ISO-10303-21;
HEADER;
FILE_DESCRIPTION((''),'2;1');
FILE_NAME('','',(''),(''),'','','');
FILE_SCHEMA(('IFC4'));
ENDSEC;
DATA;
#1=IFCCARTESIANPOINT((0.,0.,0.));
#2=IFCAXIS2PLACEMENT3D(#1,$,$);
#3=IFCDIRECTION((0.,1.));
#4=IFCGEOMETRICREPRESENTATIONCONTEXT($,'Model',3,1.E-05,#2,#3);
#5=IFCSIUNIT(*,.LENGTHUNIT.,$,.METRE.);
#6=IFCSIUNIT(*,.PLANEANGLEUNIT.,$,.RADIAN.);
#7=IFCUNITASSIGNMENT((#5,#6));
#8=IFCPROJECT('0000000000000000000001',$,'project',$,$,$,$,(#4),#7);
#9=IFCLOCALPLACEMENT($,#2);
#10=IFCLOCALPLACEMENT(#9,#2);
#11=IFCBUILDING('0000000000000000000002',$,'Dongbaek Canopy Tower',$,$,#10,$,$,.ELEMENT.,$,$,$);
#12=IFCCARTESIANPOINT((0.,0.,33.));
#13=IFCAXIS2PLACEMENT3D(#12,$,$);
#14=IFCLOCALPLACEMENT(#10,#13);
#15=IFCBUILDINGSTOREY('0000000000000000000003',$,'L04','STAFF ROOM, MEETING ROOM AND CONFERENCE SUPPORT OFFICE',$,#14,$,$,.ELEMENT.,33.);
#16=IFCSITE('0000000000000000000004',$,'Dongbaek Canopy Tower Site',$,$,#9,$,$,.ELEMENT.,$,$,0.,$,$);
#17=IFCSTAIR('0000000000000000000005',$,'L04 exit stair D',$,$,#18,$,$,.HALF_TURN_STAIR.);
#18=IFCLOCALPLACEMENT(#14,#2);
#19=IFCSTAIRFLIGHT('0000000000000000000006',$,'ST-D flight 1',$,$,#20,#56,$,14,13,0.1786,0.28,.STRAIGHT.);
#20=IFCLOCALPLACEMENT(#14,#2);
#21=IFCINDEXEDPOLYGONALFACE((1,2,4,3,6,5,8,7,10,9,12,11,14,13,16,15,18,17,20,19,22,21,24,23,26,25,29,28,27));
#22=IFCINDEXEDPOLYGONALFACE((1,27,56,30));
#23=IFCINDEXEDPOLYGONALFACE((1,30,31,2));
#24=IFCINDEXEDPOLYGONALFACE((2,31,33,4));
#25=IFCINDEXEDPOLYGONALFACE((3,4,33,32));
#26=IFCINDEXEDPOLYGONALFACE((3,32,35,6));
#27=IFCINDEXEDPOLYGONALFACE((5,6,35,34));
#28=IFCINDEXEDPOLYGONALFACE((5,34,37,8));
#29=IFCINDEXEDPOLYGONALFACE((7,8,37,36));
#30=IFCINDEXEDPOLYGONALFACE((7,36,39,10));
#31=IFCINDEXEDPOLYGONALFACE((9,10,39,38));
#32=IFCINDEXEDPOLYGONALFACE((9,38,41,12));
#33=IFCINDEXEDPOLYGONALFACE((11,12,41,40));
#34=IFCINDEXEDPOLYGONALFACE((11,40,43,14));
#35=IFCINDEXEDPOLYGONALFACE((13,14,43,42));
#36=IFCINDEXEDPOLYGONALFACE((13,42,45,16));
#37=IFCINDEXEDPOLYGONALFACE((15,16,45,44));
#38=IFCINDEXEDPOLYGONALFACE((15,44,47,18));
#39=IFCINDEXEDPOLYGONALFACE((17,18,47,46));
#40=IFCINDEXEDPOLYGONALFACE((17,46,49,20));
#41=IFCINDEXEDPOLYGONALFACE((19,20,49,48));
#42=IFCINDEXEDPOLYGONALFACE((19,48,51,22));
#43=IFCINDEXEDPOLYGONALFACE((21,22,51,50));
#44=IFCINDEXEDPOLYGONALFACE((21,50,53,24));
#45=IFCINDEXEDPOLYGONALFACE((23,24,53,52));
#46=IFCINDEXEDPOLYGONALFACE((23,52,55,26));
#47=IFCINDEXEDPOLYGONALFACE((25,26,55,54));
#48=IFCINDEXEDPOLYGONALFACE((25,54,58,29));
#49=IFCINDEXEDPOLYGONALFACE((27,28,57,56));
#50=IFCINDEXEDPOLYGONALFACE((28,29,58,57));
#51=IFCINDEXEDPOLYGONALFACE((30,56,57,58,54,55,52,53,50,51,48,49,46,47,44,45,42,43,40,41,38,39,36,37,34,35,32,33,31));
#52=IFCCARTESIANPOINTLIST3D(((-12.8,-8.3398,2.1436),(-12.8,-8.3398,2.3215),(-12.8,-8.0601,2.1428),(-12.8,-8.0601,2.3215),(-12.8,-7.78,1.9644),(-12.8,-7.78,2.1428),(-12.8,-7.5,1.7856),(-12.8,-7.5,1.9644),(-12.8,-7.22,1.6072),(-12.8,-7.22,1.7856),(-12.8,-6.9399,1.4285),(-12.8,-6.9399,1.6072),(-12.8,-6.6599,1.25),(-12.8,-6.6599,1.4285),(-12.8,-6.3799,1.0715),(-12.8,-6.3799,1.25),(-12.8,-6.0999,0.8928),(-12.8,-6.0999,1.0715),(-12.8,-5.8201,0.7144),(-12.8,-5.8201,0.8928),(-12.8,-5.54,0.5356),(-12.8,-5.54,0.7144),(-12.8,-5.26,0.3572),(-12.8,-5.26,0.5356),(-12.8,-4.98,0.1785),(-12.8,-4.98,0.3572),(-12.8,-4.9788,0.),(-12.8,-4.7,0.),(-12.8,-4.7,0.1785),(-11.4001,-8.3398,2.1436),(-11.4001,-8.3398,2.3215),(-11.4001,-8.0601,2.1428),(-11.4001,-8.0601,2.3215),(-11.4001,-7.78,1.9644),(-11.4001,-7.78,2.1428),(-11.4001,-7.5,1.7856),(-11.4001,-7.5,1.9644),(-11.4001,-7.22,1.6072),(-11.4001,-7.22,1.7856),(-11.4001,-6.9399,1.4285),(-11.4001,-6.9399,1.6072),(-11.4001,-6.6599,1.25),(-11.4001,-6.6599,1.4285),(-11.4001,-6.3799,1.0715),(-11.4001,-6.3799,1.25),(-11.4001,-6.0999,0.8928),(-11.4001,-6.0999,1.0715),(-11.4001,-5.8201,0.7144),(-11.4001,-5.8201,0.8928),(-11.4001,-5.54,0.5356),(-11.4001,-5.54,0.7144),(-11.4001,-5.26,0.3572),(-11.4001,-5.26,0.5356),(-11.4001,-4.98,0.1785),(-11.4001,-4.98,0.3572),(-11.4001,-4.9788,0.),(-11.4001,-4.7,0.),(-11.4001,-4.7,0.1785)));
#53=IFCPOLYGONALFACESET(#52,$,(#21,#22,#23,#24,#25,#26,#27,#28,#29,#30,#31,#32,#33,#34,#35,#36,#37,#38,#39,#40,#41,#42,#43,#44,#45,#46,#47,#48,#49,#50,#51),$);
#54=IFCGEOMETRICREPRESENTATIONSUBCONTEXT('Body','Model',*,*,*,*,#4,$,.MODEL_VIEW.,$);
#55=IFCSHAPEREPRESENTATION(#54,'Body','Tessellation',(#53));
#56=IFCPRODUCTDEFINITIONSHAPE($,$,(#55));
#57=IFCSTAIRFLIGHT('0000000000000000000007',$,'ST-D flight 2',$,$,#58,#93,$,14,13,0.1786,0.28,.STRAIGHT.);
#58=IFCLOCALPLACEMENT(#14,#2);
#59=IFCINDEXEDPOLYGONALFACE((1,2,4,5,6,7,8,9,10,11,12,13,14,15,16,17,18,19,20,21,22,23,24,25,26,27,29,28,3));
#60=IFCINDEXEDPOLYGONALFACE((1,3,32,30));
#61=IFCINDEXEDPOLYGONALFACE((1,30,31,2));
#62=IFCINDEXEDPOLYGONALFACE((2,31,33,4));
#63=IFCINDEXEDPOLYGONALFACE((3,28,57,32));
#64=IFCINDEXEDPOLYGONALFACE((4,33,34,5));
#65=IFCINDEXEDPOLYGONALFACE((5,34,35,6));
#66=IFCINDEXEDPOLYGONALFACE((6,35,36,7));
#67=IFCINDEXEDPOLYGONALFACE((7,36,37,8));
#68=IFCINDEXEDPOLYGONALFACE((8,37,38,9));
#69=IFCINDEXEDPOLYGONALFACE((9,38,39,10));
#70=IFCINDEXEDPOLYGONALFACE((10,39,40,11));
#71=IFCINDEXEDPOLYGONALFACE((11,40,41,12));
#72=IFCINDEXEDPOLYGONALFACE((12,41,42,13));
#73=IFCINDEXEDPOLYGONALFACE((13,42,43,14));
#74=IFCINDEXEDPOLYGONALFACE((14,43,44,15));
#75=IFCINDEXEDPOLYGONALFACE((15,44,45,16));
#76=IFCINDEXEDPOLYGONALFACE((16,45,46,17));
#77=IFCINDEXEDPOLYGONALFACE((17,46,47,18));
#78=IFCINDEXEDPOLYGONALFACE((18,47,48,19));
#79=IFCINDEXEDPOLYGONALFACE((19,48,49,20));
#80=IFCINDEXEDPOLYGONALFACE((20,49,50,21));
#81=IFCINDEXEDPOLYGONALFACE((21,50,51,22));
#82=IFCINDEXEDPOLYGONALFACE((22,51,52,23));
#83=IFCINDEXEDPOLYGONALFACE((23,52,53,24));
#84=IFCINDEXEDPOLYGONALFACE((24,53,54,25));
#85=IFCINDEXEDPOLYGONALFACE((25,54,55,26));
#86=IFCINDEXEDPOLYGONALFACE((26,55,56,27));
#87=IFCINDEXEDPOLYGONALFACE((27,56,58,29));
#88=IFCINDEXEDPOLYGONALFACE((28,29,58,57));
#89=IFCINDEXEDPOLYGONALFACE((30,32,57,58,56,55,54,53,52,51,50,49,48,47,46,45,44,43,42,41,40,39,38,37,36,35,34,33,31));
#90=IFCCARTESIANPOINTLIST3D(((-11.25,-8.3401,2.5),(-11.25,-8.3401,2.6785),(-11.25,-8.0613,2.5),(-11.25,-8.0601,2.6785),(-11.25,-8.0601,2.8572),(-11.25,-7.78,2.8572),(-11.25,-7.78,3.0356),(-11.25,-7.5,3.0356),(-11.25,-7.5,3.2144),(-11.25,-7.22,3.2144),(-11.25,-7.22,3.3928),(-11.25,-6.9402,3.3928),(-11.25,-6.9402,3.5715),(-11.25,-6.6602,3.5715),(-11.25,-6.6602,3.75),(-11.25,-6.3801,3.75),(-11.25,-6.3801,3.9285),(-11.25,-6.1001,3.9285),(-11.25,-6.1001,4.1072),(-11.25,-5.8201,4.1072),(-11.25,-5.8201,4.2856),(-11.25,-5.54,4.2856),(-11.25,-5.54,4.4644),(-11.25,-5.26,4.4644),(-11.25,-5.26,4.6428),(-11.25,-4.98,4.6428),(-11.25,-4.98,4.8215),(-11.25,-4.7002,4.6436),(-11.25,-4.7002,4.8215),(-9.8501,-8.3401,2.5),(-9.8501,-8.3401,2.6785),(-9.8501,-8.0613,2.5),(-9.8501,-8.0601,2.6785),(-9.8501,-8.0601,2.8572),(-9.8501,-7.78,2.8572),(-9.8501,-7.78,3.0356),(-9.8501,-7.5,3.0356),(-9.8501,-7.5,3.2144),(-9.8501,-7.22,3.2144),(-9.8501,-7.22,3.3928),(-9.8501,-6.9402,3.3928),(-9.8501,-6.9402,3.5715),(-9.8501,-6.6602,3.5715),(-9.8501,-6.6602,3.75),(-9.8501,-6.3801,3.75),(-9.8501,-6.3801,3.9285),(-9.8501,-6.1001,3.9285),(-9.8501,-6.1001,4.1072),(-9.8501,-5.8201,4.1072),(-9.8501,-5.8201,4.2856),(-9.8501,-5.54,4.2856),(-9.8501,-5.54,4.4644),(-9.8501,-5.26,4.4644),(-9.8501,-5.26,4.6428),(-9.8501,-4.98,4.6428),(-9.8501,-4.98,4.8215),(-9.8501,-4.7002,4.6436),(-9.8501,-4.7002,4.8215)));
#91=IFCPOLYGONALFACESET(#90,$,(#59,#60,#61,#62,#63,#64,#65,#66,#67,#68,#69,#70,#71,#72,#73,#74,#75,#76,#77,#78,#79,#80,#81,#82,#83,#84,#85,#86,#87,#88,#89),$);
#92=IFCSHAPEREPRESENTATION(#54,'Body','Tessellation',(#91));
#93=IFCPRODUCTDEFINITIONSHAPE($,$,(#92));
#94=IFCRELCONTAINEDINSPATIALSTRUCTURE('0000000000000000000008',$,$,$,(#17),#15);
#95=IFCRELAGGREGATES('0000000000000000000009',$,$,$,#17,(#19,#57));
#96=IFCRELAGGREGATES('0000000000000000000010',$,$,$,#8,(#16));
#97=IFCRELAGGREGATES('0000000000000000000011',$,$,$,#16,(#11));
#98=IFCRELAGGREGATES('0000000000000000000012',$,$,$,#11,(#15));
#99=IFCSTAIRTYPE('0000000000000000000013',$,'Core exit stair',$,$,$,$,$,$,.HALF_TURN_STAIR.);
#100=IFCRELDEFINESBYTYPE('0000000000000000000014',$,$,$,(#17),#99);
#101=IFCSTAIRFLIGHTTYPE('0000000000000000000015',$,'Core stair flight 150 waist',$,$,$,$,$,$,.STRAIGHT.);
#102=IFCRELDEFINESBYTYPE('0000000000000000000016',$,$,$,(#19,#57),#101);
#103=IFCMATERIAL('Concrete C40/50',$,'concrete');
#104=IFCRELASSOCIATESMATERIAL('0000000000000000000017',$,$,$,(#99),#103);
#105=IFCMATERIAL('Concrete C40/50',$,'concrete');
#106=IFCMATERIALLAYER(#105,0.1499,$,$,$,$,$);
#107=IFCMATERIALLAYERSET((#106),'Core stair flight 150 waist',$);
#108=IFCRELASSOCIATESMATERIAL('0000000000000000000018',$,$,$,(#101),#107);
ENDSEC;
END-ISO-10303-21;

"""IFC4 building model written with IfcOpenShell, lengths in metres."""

from ifc_helpers import new_model, si_unit, direction, frame, origin, place, context, subcontext, project, spatial, polyline, outline, extrude, material, layer, layer_set, type_object, element, aggregate, save


model = new_model("IFC4")

# Units and contexts
model_context = context("Model", 3, precision=1e-05, world=origin(), true_north=direction((0.0, 1.0)))
body_context = subcontext(model_context, "Body", "Model", "MODEL_VIEW")
ifc_project = project(units=[si_unit("LENGTHUNIT", "METRE"), si_unit("PLANEANGLEUNIT", "RADIAN")], contexts=[model_context])

# Site, building, storey
site_placement = place(None, origin())
site = spatial("IfcSite", under=ifc_project, at=site_placement, Name="Dongbaek Canopy Tower Site", CompositionType="ELEMENT", RefElevation=0.0)
building_placement = place(site_placement, origin())
building = spatial("IfcBuilding", under=site, at=building_placement, Name="Dongbaek Canopy Tower", CompositionType="ELEMENT")
storey_placement = place(building_placement, frame((0.0, 0.0, 33.0)))
storey = spatial("IfcBuildingStorey", under=building, at=storey_placement, Name="L04", Description="STAFF ROOM, MEETING ROOM AND CONFERENCE SUPPORT OFFICE", CompositionType="ELEMENT", Elevation=33.0)

# Stair, stair flights
ifc_material_1 = material(Name="Concrete C40/50", Category="concrete")
stair_type = type_object("IfcStairType", Name="Core exit stair", PredefinedType="HALF_TURN_STAIR", material=ifc_material_1)
stair_placement = place(storey_placement, origin())
stair = element("IfcStair", 1, at=stair_placement, inside=storey, type_object=stair_type, Name="L04 exit stair D", PredefinedType="HALF_TURN_STAIR")
ifc_material_2 = material(Name="Concrete C40/50", Category="concrete")
ifc_layer_1 = layer(ifc_material_2, 0.1499)
ifc_layer_set_1 = layer_set([ifc_layer_1], Name="Core stair flight 150 waist")
stair_flight_type = type_object("IfcStairFlightType", Name="Core stair flight 150 waist", PredefinedType="STRAIGHT", material=ifc_layer_set_1)
stair_flight_1_placement = place(storey_placement, frame((-12.1001, -4.7, 0.0), z_axis=(0.0, 0.0, 1.0), x_axis=(0.0, -1.0, 0.0)))
stair_flight_1 = element("IfcStairFlight", 2, at=stair_flight_1_placement, type_object=stair_flight_type, Name="ST-D flight 1", NumberOfRisers=14, NumberOfTreads=13, PredefinedType="STRAIGHT", RiserHeight=0.1786, TreadLength=0.28, context=body_context, shape_type="SweptSolid", body=[
    extrude(outline(polyline([(0.0, 0.0), (0.0, 0.1785), (0.28, 0.1785), (0.28, 0.3572), (0.5601, 0.3572), (0.5601, 0.5356), (0.8401, 0.5356), (0.8401, 0.7144), (1.1201, 0.7144), (1.1201, 0.8928), (1.3999, 0.8928), (1.3999, 1.0715), (1.6799, 1.0715), (1.6799, 1.25), (1.96, 1.25), (1.96, 1.4285), (2.24, 1.4285), (2.24, 1.6072), (2.52, 1.6072), (2.52, 1.7856), (2.8, 1.7856), (2.8, 1.9644), (3.0801, 1.9644), (3.0801, 2.1428), (3.3601, 2.1428), (3.3601, 2.3215), (3.6399, 2.3215), (3.6399, 2.5), (3.6399, 2.1436), (0.2788, 0.0), (0.0, 0.0)])), frame((0.0, 0.7, 0.0), z_axis=(0.0, -1.0, 0.0), x_axis=(1.0, 0.0, 0.0)), (0.0, 0.0, 1.0), 1.3999),
])
stair_flight_2_placement = place(storey_placement, frame((-10.55, -8.3401, 2.5), z_axis=(0.0, 0.0, 1.0), x_axis=(0.0, 1.0, 0.0)))
stair_flight_2 = element("IfcStairFlight", 3, at=stair_flight_2_placement, type_object=stair_flight_type, Name="ST-D flight 2", NumberOfRisers=14, NumberOfTreads=13, PredefinedType="STRAIGHT", RiserHeight=0.1786, TreadLength=0.28, context=body_context, shape_type="SweptSolid", body=[
    extrude(outline(polyline([(0.0, 0.0), (0.0, 0.1785), (0.28, 0.1785), (0.28, 0.3572), (0.5601, 0.3572), (0.5601, 0.5356), (0.8401, 0.5356), (0.8401, 0.7144), (1.1201, 0.7144), (1.1201, 0.8928), (1.3999, 0.8928), (1.3999, 1.0715), (1.6799, 1.0715), (1.6799, 1.25), (1.96, 1.25), (1.96, 1.4285), (2.24, 1.4285), (2.24, 1.6072), (2.52, 1.6072), (2.52, 1.7856), (2.8, 1.7856), (2.8, 1.9644), (3.0801, 1.9644), (3.0801, 2.1428), (3.3601, 2.1428), (3.3601, 2.3215), (3.6399, 2.3215), (3.6399, 2.5), (3.6399, 2.1436), (0.2788, 0.0), (0.0, 0.0)])), frame((0.0, 0.7, 0.0), z_axis=(0.0, -1.0, 0.0), x_axis=(1.0, 0.0, 0.0)), (0.0, 0.0, 1.0), 1.3999),
])
aggregate(stair, [stair_flight_1, stair_flight_2])

save(model, "model.ifc")
